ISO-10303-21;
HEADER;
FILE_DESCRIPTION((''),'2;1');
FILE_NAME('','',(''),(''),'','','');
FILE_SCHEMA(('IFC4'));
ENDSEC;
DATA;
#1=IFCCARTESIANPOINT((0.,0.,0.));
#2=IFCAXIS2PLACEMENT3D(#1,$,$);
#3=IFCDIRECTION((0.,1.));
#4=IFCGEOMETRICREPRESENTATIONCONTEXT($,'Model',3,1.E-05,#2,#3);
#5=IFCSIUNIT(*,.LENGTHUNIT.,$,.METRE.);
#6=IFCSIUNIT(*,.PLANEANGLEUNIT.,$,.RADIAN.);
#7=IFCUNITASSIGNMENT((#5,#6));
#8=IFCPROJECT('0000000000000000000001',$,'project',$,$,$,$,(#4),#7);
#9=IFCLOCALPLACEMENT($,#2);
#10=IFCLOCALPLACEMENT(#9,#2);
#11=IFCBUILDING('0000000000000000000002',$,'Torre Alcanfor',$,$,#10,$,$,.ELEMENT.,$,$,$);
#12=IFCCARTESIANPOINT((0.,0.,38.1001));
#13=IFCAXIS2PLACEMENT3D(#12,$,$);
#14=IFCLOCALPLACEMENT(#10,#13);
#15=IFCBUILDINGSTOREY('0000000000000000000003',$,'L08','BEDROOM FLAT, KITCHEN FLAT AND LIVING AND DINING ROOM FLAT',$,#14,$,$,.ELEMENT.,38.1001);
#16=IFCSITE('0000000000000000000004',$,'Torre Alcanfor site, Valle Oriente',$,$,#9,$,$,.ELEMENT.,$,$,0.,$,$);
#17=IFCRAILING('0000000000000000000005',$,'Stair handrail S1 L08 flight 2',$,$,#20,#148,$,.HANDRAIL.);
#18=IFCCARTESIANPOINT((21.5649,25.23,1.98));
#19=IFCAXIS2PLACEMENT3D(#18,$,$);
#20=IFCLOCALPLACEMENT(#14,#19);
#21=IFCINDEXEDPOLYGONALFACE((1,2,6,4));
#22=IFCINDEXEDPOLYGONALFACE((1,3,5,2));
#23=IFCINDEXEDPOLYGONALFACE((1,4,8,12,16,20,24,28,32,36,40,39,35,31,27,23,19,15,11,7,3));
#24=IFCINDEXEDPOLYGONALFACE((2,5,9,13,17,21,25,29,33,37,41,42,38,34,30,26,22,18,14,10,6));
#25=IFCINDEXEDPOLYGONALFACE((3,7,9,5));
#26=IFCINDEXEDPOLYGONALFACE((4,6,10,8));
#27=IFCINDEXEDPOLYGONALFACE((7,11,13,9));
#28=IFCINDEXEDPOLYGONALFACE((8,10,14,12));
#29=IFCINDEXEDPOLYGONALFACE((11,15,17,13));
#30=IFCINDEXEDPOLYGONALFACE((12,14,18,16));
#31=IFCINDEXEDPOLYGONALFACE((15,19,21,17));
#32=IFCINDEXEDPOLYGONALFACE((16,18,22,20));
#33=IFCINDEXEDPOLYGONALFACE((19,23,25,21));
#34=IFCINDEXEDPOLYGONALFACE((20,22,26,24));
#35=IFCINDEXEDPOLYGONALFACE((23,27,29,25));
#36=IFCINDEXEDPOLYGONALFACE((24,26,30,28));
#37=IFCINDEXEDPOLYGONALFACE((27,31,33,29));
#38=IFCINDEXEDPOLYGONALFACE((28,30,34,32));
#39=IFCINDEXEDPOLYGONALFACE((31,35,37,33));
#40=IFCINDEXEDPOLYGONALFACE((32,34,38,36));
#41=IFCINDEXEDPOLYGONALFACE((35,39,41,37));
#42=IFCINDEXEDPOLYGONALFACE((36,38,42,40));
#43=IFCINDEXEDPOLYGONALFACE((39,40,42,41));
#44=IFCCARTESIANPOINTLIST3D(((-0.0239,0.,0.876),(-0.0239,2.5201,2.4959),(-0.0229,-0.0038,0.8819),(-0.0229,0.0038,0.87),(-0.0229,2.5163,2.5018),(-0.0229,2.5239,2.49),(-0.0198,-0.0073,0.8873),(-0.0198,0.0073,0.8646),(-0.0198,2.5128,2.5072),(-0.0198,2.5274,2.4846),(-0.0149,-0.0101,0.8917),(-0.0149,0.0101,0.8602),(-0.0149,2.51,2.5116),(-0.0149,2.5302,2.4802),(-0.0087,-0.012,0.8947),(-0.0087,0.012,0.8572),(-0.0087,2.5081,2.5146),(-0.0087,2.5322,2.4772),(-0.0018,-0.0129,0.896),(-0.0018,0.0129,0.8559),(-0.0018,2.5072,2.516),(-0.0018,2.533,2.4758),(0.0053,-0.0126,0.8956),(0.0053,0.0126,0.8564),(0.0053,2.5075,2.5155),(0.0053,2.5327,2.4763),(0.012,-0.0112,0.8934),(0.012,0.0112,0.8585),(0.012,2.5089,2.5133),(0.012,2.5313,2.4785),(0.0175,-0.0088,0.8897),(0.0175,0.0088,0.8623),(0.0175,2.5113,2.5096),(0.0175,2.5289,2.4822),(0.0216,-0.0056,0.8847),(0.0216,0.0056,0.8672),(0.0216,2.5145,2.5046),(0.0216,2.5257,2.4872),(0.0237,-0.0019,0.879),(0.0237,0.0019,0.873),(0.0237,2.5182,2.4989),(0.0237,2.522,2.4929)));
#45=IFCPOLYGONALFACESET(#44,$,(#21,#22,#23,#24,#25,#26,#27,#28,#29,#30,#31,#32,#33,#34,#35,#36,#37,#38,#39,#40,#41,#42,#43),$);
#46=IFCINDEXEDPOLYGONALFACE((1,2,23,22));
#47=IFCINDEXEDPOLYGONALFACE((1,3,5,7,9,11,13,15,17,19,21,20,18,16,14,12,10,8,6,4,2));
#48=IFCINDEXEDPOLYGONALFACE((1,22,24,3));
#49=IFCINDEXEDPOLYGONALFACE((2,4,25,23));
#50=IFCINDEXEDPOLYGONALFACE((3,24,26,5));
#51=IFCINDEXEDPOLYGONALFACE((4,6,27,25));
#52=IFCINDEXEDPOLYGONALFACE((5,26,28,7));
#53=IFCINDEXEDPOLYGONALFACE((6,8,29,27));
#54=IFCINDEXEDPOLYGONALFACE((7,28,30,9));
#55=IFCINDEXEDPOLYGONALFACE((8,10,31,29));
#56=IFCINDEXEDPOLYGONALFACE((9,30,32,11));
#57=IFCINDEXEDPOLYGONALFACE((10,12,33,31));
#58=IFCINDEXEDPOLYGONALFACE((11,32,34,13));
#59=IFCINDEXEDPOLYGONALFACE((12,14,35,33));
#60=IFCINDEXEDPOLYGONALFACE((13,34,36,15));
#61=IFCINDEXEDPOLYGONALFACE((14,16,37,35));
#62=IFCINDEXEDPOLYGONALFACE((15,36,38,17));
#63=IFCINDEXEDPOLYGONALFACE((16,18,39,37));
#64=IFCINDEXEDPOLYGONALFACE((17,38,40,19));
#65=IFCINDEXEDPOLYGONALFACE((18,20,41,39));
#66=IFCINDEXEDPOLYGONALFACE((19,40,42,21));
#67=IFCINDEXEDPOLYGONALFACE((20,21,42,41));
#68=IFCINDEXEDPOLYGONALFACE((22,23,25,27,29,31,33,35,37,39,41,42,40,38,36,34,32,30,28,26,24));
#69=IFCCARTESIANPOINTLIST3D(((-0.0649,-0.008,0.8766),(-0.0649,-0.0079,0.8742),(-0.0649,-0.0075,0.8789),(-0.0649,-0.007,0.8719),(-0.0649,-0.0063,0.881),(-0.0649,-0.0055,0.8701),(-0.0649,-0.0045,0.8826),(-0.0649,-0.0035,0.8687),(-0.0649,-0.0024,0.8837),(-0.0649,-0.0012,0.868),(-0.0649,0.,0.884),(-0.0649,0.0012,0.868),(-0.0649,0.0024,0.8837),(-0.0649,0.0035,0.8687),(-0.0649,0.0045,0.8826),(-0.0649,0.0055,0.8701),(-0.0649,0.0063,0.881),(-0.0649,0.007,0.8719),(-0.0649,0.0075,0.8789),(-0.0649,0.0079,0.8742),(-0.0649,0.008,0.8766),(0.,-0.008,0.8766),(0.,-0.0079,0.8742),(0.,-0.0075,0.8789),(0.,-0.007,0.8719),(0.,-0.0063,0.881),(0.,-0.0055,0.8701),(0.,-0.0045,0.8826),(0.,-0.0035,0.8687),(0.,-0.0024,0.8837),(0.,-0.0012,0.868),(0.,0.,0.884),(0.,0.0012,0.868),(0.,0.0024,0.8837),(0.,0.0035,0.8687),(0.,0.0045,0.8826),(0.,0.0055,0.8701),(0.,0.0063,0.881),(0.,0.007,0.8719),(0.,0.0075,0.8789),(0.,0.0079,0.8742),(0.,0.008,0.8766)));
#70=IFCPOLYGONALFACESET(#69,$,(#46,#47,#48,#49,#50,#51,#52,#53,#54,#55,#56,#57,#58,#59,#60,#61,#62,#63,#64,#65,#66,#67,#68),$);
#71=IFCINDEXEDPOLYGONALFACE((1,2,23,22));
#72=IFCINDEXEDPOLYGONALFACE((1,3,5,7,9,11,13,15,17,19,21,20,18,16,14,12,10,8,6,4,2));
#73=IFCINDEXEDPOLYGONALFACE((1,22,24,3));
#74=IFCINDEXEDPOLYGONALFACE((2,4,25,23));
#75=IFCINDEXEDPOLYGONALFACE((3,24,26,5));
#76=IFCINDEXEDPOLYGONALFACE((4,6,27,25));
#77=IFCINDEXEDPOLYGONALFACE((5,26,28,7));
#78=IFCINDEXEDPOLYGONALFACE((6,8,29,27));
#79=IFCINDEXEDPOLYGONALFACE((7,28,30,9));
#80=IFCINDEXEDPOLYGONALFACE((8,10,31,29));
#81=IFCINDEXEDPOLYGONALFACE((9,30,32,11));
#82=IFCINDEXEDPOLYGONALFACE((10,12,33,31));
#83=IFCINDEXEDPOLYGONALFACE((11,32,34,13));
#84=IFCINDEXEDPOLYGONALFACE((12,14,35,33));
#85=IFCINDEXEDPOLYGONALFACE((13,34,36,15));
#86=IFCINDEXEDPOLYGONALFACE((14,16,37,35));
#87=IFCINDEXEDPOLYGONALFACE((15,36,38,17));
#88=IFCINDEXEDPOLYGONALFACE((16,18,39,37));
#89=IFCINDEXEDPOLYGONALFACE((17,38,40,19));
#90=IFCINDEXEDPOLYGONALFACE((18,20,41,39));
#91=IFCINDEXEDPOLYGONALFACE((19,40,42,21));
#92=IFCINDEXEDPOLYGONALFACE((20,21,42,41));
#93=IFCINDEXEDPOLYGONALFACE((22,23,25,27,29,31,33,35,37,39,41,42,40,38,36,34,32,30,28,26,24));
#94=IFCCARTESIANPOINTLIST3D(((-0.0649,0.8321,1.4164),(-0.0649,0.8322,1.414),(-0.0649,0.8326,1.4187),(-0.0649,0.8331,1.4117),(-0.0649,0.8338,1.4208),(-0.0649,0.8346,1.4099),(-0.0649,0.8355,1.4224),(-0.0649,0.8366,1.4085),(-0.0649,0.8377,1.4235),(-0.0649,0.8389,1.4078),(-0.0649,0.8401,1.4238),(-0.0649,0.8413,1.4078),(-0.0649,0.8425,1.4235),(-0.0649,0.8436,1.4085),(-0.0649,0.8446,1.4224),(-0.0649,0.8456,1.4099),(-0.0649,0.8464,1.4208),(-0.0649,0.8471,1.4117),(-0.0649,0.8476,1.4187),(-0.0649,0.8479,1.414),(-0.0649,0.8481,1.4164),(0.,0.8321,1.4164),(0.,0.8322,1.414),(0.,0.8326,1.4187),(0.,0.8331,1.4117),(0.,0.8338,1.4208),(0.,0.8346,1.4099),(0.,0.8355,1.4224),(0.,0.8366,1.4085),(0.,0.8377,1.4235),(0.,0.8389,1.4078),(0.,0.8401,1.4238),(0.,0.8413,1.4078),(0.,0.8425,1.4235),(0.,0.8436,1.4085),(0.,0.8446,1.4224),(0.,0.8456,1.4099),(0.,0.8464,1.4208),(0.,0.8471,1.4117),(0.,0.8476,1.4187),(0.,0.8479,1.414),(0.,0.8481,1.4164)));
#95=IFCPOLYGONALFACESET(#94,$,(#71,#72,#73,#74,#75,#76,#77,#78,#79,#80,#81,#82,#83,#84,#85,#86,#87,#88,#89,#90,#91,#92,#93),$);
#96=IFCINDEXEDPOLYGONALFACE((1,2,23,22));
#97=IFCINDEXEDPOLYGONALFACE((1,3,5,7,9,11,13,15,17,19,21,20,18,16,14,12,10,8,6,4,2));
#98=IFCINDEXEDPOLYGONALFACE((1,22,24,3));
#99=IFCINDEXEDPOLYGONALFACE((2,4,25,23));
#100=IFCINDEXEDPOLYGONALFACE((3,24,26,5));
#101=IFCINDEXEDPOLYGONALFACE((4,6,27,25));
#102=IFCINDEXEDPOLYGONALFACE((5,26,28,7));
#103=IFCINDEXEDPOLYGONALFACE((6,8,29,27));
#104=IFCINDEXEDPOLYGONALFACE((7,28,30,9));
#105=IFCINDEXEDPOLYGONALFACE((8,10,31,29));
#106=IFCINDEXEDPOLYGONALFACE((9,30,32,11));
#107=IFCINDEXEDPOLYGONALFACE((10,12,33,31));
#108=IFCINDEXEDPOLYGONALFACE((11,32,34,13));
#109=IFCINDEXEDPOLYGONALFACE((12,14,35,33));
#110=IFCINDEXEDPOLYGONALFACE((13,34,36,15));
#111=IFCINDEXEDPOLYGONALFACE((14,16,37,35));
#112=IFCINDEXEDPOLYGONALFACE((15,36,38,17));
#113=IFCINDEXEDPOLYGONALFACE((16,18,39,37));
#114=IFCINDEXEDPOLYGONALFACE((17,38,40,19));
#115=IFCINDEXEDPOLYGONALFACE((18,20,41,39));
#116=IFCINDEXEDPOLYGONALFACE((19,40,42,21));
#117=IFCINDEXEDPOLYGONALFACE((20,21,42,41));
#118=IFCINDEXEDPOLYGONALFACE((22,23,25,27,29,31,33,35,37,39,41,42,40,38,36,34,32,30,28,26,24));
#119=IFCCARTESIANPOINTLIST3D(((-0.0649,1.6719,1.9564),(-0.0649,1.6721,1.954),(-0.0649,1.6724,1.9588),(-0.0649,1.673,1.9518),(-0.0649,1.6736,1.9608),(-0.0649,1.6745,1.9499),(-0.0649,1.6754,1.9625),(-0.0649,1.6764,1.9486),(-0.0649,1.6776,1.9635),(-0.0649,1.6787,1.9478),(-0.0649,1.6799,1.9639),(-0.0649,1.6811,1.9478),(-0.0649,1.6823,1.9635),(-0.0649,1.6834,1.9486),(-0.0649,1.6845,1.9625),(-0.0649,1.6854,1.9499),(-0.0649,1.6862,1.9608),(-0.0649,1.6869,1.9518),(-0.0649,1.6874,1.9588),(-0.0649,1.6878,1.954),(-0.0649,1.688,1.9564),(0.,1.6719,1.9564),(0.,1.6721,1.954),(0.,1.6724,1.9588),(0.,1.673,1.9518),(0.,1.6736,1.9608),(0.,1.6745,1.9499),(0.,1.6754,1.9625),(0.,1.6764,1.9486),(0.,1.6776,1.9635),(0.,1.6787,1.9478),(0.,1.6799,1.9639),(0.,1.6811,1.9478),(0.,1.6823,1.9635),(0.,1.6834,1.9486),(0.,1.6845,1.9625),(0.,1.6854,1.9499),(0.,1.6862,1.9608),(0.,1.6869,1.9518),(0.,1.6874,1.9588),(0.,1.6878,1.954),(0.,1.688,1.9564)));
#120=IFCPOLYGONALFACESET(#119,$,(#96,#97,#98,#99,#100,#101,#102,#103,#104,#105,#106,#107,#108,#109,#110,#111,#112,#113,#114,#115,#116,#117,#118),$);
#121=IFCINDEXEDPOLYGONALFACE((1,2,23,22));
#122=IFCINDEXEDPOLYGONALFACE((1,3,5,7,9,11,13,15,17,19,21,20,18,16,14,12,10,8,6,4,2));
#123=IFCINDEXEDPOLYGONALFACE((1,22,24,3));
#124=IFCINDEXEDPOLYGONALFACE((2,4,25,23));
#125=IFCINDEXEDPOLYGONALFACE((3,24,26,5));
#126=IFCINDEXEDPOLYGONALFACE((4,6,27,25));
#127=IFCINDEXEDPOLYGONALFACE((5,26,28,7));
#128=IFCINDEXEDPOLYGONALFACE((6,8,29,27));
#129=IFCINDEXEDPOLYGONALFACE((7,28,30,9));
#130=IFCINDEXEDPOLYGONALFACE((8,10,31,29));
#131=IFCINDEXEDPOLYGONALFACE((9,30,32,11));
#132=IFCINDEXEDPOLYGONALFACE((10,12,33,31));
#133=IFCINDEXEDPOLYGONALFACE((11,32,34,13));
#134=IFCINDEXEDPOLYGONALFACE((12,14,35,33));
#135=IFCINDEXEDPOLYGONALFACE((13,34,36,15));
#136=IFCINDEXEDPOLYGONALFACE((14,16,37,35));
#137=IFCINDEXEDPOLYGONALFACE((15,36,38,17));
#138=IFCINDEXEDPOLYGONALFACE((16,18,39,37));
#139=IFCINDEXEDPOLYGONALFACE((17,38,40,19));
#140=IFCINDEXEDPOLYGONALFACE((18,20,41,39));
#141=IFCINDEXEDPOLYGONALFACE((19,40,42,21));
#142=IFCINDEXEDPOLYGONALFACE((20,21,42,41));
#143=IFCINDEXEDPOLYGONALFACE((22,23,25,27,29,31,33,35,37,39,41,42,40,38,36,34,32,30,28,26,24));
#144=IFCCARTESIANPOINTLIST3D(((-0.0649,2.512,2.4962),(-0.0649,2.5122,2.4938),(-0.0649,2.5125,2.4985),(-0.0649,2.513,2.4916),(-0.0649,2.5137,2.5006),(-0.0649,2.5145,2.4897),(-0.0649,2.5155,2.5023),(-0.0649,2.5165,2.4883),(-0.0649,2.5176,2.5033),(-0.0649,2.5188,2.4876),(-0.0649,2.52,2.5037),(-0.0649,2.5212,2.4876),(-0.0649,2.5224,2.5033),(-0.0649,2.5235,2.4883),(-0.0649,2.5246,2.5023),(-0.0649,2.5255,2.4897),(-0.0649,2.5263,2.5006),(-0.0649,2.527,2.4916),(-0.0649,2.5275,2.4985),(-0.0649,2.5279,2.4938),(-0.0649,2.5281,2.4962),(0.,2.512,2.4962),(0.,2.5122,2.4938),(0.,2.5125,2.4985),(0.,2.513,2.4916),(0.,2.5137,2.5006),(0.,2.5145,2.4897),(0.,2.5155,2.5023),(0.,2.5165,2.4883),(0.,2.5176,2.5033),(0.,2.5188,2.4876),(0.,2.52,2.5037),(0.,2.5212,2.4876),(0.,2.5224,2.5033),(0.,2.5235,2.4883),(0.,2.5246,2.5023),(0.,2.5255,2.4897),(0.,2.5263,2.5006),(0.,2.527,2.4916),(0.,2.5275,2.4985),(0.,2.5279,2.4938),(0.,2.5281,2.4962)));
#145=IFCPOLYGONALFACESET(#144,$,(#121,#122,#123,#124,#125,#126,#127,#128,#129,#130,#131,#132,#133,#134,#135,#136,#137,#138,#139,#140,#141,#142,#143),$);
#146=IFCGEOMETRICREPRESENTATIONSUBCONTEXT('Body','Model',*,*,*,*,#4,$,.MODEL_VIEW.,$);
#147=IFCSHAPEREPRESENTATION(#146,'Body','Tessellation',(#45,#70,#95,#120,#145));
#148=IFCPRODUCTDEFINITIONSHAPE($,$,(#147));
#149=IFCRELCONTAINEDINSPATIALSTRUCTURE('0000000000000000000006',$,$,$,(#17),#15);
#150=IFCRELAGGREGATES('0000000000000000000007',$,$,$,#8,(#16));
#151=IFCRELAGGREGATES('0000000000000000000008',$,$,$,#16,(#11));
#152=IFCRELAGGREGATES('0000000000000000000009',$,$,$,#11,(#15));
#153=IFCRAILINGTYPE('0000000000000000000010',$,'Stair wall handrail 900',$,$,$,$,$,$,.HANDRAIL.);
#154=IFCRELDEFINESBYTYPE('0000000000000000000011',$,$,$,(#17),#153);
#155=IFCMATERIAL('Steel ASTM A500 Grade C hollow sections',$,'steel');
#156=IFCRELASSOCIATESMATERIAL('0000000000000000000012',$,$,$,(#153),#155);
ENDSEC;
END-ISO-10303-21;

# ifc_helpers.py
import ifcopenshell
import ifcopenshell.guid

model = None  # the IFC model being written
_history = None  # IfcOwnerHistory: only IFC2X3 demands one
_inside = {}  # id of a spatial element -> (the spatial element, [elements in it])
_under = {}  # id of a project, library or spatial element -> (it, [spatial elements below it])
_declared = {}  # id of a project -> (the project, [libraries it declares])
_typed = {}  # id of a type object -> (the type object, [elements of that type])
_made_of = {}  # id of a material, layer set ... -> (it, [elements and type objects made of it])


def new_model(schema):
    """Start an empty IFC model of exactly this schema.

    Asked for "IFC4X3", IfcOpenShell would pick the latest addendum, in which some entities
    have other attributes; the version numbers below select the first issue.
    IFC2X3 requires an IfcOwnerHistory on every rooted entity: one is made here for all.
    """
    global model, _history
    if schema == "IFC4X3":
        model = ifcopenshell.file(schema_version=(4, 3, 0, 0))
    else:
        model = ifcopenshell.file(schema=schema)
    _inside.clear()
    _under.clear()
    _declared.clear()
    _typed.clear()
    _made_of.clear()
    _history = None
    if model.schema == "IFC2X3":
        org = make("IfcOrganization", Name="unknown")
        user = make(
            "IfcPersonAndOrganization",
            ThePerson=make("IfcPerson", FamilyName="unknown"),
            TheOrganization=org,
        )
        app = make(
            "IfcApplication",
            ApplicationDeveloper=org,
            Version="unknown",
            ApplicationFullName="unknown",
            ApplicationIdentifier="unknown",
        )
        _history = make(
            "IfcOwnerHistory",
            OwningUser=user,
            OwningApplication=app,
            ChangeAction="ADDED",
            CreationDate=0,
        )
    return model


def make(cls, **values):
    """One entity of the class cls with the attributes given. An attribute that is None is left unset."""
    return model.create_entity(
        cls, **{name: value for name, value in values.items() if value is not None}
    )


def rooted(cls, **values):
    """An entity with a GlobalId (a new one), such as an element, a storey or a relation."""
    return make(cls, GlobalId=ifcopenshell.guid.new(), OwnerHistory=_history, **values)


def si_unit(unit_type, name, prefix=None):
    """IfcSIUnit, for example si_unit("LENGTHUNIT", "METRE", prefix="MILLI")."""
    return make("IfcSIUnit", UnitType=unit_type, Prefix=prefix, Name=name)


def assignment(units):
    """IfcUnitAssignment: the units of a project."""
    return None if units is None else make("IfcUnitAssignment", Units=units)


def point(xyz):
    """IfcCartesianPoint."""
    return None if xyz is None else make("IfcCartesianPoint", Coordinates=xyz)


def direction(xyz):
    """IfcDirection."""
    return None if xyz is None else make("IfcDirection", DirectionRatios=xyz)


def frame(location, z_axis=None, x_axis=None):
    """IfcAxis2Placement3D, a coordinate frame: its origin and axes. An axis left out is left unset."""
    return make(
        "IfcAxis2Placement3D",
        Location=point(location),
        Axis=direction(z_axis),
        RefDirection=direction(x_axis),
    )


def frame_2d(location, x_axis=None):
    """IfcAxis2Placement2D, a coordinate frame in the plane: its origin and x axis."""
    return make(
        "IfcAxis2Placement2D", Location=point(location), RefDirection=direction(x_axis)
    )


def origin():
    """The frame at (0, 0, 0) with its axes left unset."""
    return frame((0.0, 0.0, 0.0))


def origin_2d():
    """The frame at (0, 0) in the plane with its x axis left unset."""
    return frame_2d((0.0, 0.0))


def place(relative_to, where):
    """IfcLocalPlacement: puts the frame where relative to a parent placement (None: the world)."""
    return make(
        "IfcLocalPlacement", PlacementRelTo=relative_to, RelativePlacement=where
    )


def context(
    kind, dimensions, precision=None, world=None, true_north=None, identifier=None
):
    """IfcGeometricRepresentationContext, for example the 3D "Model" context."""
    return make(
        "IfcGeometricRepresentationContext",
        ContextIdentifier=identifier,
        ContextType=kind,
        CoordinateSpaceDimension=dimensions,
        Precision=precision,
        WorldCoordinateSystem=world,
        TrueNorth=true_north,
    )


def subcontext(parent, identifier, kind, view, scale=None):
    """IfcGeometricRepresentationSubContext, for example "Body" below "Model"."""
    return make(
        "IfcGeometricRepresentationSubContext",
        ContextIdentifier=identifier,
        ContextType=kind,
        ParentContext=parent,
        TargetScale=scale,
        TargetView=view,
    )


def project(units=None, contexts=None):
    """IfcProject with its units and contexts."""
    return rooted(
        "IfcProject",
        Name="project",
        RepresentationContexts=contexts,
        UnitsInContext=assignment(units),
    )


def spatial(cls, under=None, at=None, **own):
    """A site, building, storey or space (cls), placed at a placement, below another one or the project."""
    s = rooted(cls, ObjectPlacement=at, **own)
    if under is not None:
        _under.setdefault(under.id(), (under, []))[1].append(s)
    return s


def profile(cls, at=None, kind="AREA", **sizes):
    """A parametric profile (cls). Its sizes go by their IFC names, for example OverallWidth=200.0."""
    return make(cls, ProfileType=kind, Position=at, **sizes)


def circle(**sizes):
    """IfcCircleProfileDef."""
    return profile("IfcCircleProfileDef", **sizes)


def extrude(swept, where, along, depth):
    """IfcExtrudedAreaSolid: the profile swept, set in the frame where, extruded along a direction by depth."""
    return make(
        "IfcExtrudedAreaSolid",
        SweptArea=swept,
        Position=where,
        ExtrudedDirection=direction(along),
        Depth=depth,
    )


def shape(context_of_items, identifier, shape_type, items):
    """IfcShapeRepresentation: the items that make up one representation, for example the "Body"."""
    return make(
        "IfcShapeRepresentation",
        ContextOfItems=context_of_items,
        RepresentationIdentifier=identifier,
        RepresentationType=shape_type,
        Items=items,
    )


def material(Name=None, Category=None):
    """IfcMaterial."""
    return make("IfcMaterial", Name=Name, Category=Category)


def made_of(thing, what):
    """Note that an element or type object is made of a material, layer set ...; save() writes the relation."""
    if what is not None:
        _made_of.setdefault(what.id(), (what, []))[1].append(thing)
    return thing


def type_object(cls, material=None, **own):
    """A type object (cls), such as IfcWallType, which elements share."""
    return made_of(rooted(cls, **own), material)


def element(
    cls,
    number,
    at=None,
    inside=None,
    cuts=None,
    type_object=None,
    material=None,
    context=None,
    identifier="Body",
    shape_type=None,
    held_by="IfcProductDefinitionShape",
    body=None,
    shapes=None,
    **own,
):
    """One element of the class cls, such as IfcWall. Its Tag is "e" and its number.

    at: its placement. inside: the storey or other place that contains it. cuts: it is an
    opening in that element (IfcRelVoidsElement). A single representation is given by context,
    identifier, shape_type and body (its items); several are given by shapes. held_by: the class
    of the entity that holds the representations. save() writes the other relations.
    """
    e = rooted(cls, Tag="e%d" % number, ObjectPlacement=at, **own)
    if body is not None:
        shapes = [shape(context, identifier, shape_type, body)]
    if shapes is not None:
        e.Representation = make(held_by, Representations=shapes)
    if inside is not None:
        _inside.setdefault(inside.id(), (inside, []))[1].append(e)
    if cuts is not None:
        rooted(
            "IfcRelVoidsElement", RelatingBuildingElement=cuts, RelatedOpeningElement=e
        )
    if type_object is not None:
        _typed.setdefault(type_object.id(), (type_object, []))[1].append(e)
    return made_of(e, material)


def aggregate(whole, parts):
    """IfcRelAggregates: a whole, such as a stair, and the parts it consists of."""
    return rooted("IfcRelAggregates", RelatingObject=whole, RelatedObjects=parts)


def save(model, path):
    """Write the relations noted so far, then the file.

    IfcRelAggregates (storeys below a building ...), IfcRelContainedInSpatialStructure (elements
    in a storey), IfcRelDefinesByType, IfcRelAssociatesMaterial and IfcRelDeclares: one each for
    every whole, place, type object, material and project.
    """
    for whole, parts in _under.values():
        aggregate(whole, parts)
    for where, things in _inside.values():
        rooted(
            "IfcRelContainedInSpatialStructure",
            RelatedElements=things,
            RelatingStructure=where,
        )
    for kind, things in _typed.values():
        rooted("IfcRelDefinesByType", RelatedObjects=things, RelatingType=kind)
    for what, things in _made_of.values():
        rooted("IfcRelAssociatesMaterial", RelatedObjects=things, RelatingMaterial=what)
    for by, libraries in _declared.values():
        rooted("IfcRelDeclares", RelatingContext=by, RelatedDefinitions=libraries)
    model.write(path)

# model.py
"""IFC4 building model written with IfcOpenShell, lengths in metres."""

from ifc_helpers import new_model, si_unit, direction, frame, origin, origin_2d, place, context, subcontext, project, spatial, circle, extrude, material, type_object, element, save


model = new_model("IFC4")

# Units and contexts
model_context = context("Model", 3, precision=1e-05, world=origin(), true_north=direction((0.0, 1.0)))
body_context = subcontext(model_context, "Body", "Model", "MODEL_VIEW")
ifc_project = project(units=[si_unit("LENGTHUNIT", "METRE"), si_unit("PLANEANGLEUNIT", "RADIAN")], contexts=[model_context])

# Site, building, storey
site_placement = place(None, origin())
site = spatial("IfcSite", under=ifc_project, at=site_placement, Name="Torre Alcanfor site, Valle Oriente", CompositionType="ELEMENT", RefElevation=0.0)
building_placement = place(site_placement, origin())
building = spatial("IfcBuilding", under=site, at=building_placement, Name="Torre Alcanfor", CompositionType="ELEMENT")
storey_placement = place(building_placement, frame((0.0, 0.0, 38.1001)))
storey = spatial("IfcBuildingStorey", under=building, at=storey_placement, Name="L08", Description="BEDROOM FLAT, KITCHEN FLAT AND LIVING AND DINING ROOM FLAT", CompositionType="ELEMENT", Elevation=38.1001)

# Railing
ifc_material_1 = material(Name="Steel ASTM A500 Grade C hollow sections", Category="steel")
railing_type_1 = type_object("IfcRailingType", Name="Stair wall handrail 900", PredefinedType="HANDRAIL", material=ifc_material_1)
railing_1_placement = place(storey_placement, frame((21.5649, 25.23, 1.98)))
element("IfcRailing", 1, at=railing_1_placement, inside=storey, type_object=railing_type_1, Name="Stair handrail S1 L08 flight 2", PredefinedType="HANDRAIL", context=body_context, shape_type="SweptSolid", body=[
    extrude(circle(Radius=0.0239, at=origin_2d()), frame((0.0, 0.0, 0.876), z_axis=(0.0, 0.8412, 0.540725), x_axis=(-1.0, 0.0, 0.0)), (0.0, 0.0, 1.0), 2.9958),
    extrude(circle(Radius=0.0081, at=origin_2d()), frame((0.0, 0.0, 0.876), z_axis=(-1.0, 0.0, 0.0), x_axis=(0.0, 0.0, 1.0)), (0.0, 0.0, 1.0), 0.0649),
    extrude(circle(Radius=0.0081, at=origin_2d()), frame((0.0, 0.8401, 1.4158), z_axis=(-1.0, 0.0, 0.0), x_axis=(0.0, 0.0, 1.0)), (0.0, 0.0, 1.0), 0.0649),
    extrude(circle(Radius=0.0081, at=origin_2d()), frame((0.0, 1.6799, 1.9558), z_axis=(-1.0, 0.0, 0.0), x_axis=(0.0, 0.0, 1.0)), (0.0, 0.0, 1.0), 0.0649),
    extrude(circle(Radius=0.0081, at=origin_2d()), frame((0.0, 2.52, 2.4956), z_axis=(-1.0, 0.0, 0.0), x_axis=(0.0, 0.0, 1.0)), (0.0, 0.0, 1.0), 0.0649),
])

save(model, "model.ifc")
